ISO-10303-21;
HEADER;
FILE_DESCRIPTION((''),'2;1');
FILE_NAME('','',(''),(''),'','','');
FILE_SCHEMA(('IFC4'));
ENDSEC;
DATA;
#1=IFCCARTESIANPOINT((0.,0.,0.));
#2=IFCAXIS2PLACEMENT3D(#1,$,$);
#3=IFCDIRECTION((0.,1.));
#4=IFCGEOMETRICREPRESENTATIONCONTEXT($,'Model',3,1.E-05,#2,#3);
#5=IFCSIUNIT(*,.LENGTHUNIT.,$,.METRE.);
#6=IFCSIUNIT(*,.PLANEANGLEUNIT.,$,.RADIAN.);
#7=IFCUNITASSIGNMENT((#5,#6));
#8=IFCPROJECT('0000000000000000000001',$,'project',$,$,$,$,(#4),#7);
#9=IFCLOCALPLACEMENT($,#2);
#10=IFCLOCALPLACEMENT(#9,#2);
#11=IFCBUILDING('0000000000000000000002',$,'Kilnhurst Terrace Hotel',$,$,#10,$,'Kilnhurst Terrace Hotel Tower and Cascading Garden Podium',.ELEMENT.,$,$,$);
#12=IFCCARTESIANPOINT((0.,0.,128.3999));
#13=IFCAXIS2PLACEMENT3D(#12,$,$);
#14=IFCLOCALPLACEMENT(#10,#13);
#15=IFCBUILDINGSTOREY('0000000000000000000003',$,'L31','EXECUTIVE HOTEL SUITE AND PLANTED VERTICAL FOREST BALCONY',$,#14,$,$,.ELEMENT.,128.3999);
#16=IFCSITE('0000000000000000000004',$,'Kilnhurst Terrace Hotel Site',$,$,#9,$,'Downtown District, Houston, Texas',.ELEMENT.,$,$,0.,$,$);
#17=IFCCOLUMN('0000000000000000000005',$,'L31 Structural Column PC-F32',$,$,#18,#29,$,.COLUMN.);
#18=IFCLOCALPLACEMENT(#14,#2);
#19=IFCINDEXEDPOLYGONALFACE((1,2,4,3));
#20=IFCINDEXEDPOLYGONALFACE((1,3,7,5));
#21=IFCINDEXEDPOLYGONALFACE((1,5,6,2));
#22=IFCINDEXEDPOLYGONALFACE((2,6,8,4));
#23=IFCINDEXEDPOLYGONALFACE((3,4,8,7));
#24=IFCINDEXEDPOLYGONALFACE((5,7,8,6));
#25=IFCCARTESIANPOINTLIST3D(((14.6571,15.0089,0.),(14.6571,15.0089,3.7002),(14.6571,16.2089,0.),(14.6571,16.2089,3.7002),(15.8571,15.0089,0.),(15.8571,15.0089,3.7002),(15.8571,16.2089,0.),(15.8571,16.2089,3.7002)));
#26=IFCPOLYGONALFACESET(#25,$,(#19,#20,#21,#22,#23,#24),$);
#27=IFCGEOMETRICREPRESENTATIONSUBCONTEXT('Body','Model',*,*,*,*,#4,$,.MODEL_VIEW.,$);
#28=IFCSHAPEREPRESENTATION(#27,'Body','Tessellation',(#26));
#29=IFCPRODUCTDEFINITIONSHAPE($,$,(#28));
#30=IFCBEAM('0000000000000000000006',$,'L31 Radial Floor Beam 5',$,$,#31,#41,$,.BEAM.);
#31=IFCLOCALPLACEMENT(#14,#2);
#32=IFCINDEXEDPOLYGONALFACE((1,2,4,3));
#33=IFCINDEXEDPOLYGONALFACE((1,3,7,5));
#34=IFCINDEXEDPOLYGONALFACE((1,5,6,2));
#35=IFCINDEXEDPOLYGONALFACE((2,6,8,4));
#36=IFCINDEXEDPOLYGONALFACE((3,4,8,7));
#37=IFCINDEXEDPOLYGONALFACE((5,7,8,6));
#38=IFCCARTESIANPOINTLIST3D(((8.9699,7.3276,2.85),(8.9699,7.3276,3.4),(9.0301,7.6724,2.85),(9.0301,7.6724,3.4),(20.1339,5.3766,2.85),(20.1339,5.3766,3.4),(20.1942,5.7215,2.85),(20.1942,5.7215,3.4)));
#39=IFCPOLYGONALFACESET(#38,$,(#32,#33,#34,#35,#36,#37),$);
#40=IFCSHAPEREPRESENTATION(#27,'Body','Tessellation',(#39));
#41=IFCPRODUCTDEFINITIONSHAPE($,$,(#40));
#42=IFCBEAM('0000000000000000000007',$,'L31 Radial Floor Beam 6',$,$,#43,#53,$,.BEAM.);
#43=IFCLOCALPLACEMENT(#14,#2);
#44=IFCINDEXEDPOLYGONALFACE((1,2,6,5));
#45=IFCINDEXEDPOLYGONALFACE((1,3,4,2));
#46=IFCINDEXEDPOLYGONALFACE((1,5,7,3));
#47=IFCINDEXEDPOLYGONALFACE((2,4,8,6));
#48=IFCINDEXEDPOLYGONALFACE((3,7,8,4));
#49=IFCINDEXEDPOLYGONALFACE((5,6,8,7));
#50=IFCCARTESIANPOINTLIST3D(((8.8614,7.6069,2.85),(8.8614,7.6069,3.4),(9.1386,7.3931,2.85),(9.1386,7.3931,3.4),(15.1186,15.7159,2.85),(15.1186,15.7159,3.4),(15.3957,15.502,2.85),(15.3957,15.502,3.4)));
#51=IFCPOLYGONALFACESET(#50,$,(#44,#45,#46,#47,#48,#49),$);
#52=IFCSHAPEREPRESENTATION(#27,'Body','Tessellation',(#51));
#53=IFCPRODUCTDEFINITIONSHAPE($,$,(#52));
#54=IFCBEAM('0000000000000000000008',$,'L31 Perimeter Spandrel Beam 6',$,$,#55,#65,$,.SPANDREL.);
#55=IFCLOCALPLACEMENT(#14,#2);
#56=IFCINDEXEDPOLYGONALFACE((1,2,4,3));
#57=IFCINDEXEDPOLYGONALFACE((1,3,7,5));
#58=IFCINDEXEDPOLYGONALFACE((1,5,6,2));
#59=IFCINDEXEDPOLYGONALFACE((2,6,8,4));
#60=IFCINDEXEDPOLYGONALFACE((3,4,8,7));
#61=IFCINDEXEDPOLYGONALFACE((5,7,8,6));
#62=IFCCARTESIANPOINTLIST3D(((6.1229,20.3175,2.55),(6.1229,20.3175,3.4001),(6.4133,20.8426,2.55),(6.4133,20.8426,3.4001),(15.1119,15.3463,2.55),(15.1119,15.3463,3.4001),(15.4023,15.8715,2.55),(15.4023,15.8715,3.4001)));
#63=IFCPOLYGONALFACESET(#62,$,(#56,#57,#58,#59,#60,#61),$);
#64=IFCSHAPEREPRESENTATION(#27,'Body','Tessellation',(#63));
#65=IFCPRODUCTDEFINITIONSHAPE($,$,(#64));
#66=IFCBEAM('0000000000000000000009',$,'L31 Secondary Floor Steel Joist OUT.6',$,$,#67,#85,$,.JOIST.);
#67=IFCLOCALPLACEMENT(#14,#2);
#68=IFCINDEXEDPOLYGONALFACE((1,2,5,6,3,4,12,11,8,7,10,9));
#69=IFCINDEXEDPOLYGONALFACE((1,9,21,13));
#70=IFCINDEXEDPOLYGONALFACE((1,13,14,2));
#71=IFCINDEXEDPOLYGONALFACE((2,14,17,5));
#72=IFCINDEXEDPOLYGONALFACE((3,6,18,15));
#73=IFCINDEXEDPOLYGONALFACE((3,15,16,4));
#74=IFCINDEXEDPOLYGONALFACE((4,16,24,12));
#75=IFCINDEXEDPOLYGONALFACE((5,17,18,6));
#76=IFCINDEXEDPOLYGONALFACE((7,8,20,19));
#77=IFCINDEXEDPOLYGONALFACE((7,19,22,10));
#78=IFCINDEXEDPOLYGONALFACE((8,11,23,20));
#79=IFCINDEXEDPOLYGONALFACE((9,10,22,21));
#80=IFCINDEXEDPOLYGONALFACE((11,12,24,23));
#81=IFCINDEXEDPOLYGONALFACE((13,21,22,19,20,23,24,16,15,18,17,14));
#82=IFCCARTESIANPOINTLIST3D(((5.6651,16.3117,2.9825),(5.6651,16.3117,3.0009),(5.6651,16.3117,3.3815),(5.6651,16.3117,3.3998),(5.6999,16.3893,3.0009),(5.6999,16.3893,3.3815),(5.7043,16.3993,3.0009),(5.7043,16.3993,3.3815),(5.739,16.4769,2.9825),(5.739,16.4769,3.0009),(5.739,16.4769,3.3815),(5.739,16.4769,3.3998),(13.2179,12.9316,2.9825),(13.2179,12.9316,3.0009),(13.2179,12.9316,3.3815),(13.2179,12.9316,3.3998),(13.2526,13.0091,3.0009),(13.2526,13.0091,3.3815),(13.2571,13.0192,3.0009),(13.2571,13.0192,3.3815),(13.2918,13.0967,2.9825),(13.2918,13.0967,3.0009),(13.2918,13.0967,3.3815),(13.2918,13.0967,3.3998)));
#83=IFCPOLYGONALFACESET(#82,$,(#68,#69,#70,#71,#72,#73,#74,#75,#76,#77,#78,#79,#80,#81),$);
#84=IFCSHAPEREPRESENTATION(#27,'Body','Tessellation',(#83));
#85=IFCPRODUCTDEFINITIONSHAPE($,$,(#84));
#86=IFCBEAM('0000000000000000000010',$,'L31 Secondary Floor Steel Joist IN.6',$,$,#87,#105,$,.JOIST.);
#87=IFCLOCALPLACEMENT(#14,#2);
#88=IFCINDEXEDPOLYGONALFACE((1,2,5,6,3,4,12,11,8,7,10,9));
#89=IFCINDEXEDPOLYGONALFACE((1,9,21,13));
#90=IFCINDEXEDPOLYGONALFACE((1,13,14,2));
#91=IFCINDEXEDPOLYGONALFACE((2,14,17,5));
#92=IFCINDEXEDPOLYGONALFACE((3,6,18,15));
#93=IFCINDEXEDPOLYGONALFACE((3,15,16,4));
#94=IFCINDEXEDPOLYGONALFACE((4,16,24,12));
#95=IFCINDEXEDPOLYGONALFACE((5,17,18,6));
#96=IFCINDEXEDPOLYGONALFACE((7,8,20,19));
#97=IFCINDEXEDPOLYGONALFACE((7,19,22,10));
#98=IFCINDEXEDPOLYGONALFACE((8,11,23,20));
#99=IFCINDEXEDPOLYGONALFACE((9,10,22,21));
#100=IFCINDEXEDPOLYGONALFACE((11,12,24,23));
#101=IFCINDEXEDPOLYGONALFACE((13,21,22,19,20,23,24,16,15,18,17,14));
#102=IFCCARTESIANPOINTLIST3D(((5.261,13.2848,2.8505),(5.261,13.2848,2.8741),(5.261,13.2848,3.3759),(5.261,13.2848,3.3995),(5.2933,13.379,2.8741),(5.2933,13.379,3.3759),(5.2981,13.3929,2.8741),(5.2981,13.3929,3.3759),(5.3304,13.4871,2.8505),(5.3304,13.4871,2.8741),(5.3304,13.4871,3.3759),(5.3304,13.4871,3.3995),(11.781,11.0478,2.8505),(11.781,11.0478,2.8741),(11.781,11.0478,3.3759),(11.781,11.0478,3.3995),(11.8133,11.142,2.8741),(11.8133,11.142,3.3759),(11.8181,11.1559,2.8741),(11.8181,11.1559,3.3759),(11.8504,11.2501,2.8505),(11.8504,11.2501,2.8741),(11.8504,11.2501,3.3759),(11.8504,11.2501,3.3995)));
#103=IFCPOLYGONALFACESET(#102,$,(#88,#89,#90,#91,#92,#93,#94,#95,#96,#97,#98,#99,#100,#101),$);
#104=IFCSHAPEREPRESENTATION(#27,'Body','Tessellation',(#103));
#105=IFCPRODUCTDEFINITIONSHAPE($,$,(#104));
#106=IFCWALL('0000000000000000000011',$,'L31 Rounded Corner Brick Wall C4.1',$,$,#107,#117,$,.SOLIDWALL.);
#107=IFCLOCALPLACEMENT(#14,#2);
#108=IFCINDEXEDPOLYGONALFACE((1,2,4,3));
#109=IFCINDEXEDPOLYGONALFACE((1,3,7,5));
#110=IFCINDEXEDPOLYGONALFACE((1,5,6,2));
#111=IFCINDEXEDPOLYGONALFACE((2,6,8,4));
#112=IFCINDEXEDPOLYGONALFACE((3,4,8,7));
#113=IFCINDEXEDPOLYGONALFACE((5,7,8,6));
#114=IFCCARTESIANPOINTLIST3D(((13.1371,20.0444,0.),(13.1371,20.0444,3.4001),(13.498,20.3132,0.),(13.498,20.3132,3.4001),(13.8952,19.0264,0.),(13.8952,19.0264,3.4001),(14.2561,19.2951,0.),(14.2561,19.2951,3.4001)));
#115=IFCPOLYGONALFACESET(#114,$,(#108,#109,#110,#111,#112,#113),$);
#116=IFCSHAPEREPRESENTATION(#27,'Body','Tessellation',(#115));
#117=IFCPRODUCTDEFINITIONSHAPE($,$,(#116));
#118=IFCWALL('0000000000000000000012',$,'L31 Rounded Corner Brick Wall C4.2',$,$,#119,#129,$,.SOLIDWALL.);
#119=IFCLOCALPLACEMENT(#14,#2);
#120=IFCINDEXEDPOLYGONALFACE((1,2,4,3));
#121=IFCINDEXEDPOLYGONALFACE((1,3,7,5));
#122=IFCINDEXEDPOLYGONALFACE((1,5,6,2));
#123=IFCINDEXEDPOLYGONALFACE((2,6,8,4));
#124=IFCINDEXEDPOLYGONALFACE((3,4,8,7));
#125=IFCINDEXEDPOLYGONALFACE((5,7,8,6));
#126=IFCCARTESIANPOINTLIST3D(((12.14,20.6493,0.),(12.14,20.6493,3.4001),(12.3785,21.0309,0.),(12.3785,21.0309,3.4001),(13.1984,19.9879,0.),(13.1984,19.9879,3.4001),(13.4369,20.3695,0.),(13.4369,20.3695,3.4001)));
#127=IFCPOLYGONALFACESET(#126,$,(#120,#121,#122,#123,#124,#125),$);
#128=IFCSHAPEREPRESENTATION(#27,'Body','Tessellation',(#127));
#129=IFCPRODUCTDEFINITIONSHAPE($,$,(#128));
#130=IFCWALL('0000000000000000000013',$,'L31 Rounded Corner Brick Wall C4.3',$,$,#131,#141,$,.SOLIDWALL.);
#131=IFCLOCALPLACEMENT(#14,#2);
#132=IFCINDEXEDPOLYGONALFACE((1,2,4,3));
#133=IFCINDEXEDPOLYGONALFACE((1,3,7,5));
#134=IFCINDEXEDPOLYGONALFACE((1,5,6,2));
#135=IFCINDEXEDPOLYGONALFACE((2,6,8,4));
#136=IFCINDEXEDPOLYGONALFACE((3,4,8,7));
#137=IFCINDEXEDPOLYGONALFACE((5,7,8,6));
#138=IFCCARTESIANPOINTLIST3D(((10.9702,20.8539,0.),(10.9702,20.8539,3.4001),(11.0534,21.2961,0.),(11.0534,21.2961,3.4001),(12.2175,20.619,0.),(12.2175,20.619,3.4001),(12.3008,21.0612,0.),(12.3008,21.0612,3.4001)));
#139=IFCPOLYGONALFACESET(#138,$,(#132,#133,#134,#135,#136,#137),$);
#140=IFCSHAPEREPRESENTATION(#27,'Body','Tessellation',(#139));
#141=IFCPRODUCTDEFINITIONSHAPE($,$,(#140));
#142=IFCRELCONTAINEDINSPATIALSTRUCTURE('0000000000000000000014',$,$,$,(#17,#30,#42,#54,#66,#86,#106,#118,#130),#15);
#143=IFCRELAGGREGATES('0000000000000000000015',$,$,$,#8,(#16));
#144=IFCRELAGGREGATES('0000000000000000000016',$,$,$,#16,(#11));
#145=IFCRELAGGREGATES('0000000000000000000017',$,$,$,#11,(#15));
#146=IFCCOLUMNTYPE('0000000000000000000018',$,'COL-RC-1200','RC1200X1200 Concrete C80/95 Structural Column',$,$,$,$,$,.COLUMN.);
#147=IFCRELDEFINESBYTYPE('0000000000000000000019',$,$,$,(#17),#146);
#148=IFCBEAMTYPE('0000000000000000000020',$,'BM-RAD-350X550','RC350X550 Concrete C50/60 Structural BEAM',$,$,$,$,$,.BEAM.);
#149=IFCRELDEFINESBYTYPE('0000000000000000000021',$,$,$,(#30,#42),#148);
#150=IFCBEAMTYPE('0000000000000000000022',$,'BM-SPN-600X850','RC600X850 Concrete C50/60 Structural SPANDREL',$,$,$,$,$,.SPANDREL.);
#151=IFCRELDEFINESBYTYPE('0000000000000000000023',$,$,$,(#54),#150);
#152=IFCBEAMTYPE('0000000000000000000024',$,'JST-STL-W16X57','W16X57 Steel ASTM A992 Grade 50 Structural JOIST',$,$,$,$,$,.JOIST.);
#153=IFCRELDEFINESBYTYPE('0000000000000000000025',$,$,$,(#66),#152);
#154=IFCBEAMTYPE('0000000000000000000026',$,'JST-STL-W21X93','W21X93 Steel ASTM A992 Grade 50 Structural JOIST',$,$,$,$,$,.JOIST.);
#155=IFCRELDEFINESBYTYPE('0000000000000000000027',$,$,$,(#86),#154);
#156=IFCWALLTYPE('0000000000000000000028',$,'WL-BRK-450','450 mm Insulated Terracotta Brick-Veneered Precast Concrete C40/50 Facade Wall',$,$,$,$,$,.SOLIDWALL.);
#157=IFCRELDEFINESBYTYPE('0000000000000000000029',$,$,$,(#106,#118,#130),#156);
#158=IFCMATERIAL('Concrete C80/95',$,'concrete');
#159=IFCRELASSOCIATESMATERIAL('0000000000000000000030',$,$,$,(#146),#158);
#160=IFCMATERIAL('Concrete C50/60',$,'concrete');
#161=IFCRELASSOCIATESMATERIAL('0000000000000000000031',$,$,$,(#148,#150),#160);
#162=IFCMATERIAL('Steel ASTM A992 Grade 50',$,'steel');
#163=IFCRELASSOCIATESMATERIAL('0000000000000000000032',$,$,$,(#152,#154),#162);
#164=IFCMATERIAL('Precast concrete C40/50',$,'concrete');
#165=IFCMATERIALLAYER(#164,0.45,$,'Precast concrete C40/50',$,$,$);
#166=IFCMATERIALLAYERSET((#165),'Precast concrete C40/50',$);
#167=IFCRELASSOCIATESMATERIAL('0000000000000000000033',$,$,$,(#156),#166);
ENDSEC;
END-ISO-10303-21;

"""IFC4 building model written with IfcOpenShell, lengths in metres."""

from ifc_helpers import new_model, si_unit, direction, frame, frame_2d, origin, origin_2d, place, context, subcontext, project, spatial, rectangle, i_section, extrude, material, layer, layer_set, material_profile, profile_set, type_object, element, save


model = new_model("IFC4")

# Units and contexts
model_context = context("Model", 3, precision=1e-05, world=origin(), true_north=direction((0.0, 1.0)))
body_context = subcontext(model_context, "Body", "Model", "MODEL_VIEW")
ifc_project = project(units=[si_unit("LENGTHUNIT", "METRE"), si_unit("PLANEANGLEUNIT", "RADIAN")], contexts=[model_context])

# Site, building, storey
site_placement = place(None, origin())
site = spatial("IfcSite", under=ifc_project, at=site_placement, Name="Kilnhurst Terrace Hotel Site", LongName="Downtown District, Houston, Texas", CompositionType="ELEMENT", RefElevation=0.0)
building_placement = place(site_placement, origin())
building = spatial("IfcBuilding", under=site, at=building_placement, Name="Kilnhurst Terrace Hotel", LongName="Kilnhurst Terrace Hotel Tower and Cascading Garden Podium", CompositionType="ELEMENT")
storey_placement = place(building_placement, frame((0.0, 0.0, 128.3999)))
storey = spatial("IfcBuildingStorey", under=building, at=storey_placement, Name="L31", Description="EXECUTIVE HOTEL SUITE AND PLANTED VERTICAL FOREST BALCONY", CompositionType="ELEMENT", Elevation=128.3999)

# Column
ifc_material_1 = material(Name="Concrete C80/95", Category="concrete")
ifc_material_profile_1 = material_profile(ifc_material_1, rectangle(XDim=1.2, YDim=1.2, at=origin_2d()), Name="RC1200X1200")
ifc_profile_set_1 = profile_set([ifc_material_profile_1], Name="Concrete C80/95")
column_type = type_object("IfcColumnType", Name="COL-RC-1200", Description="RC1200X1200 Concrete C80/95 Structural Column", PredefinedType="COLUMN", material=ifc_profile_set_1)
column_placement = place(storey_placement, frame((15.2571, 15.6089, 0.0), z_axis=(0.0, 0.0, 1.0), x_axis=(1.0, 0.0, 0.0)))
element("IfcColumn", 1, at=column_placement, inside=storey, type_object=column_type, Name="L31 Structural Column PC-F32", PredefinedType="COLUMN", context=body_context, shape_type="SweptSolid", body=[
    extrude(rectangle(XDim=1.2, YDim=1.2, at=origin_2d()), origin(), (0.0, 0.0, 1.0), 3.7002),
])

# Beams
ifc_material_2 = material(Name="Concrete C50/60", Category="concrete")
ifc_material_profile_2 = material_profile(ifc_material_2, rectangle(XDim=0.3501, YDim=0.55, at=origin_2d()), Name="RC350X550")
ifc_profile_set_2 = profile_set([ifc_material_profile_2], Name="Concrete C50/60")
beam_type_1 = type_object("IfcBeamType", Name="BM-RAD-350X550", Description="RC350X550 Concrete C50/60 Structural BEAM", PredefinedType="BEAM", material=ifc_profile_set_2)
beam_1_placement = place(storey_placement, frame((9.0, 7.5, 3.125), z_axis=(0.985072, -0.172142, 0.0), x_axis=(0.172142, 0.985072, 0.0)))
element("IfcBeam", 2, at=beam_1_placement, inside=storey, type_object=beam_type_1, Name="L31 Radial Floor Beam 5", PredefinedType="BEAM", context=body_context, shape_type="SweptSolid", body=[
    extrude(rectangle(XDim=0.3501, YDim=0.55, at=origin_2d()), origin(), (0.0, 0.0, 1.0), 11.3333),
])
beam_2_placement = place(storey_placement, frame((9.0, 7.5, 3.125), z_axis=(0.610905, 0.791704, 0.0), x_axis=(-0.791704, 0.610905, 0.0)))
element("IfcBeam", 3, at=beam_2_placement, inside=storey, type_object=beam_type_1, Name="L31 Radial Floor Beam 6", PredefinedType="BEAM", context=body_context, shape_type="SweptSolid", body=[
    extrude(rectangle(XDim=0.3501, YDim=0.55, at=origin_2d()), origin(), (0.0, 0.0, 1.0), 10.2424),
])
ifc_material_profile_3 = material_profile(ifc_material_2, rectangle(XDim=0.6001, YDim=0.8501, at=origin_2d()), Name="RC600X850")
ifc_profile_set_3 = profile_set([ifc_material_profile_3], Name="Concrete C50/60")
beam_type_2 = type_object("IfcBeamType", Name="BM-SPN-600X850", Description="RC600X850 Concrete C50/60 Structural SPANDREL", PredefinedType="SPANDREL", material=ifc_profile_set_3)
beam_3_placement = place(storey_placement, frame((15.2571, 15.6089, 2.9751), z_axis=(-0.875094, 0.483953, 0.0), x_axis=(-0.483953, -0.875094, 0.0)))
element("IfcBeam", 4, at=beam_3_placement, inside=storey, type_object=beam_type_2, Name="L31 Perimeter Spandrel Beam 6", PredefinedType="SPANDREL", context=body_context, shape_type="SweptSolid", body=[
    extrude(rectangle(XDim=0.6001, YDim=0.8501, at=origin_2d()), origin(), (0.0, 0.0, 1.0), 10.272),
])
ifc_material_3 = material(Name="Steel ASTM A992 Grade 50", Category="steel")
ifc_material_profile_4 = material_profile(ifc_material_3, i_section(OverallWidth=0.1809, OverallDepth=0.4172, WebThickness=0.011, FlangeThickness=0.0183, at=origin_2d()), Name="W16X57")
ifc_profile_set_4 = profile_set([ifc_material_profile_4], Name="Steel ASTM A992 Grade 50")
beam_type_3 = type_object("IfcBeamType", Name="JST-STL-W16X57", Description="W16X57 Steel ASTM A992 Grade 50 Structural JOIST", PredefinedType="JOIST", material=ifc_profile_set_4)
beam_4_placement = place(storey_placement, frame((13.2549, 13.0142, 3.1912), z_axis=(-0.912761, 0.408494, 0.0), x_axis=(-0.408494, -0.912761, 0.0)))
element("IfcBeam", 5, at=beam_4_placement, inside=storey, type_object=beam_type_3, Name="L31 Secondary Floor Steel Joist OUT.6", PredefinedType="JOIST", context=body_context, shape_type="SweptSolid", body=[
    extrude(i_section(OverallWidth=0.1809, OverallDepth=0.4172, WebThickness=0.011, FlangeThickness=0.0183, at=origin_2d()), origin(), (0.0, 0.0, 1.0), 8.2747),
])
ifc_material_profile_5 = material_profile(ifc_material_3, i_section(OverallWidth=0.2139, OverallDepth=0.5491, WebThickness=0.0146, FlangeThickness=0.0237, at=origin_2d()), Name="W21X93")
ifc_profile_set_5 = profile_set([ifc_material_profile_5], Name="Steel ASTM A992 Grade 50")
beam_type_4 = type_object("IfcBeamType", Name="JST-STL-W21X93", Description="W21X93 Steel ASTM A992 Grade 50 Structural JOIST", PredefinedType="JOIST", material=ifc_profile_set_5)
beam_5_placement = place(storey_placement, frame((11.8157, 11.1489, 3.125), z_axis=(-0.945874, 0.324535, 0.0), x_axis=(-0.324535, -0.945874, 0.0)))
element("IfcBeam", 6, at=beam_5_placement, inside=storey, type_object=beam_type_4, Name="L31 Secondary Floor Steel Joist IN.6", PredefinedType="JOIST", context=body_context, shape_type="SweptSolid", body=[
    extrude(i_section(OverallWidth=0.2139, OverallDepth=0.5491, WebThickness=0.0146, FlangeThickness=0.0237, at=origin_2d()), origin(), (0.0, 0.0, 1.0), 6.8931),
])

# Walls
ifc_material_4 = material(Name="Precast concrete C40/50", Category="concrete")
ifc_layer_1 = layer(ifc_material_4, 0.45, Name="Precast concrete C40/50")
ifc_layer_set_1 = layer_set([ifc_layer_1], Name="Precast concrete C40/50")
wall_type_1 = type_object("IfcWallType", Name="WL-BRK-450", Description="450 mm Insulated Terracotta Brick-Veneered Precast Concrete C40/50 Facade Wall", PredefinedType="SOLIDWALL", material=ifc_layer_set_1)
wall_1_placement = place(storey_placement, frame((14.0757, 19.1606, 0.0), z_axis=(0.0, 0.0, 1.0), x_axis=(-0.597227, 0.802073, 0.0)))
element("IfcWall", 7, at=wall_1_placement, inside=storey, type_object=wall_type_1, Name="L31 Rounded Corner Brick Wall C4.1", PredefinedType="SOLIDWALL", context=body_context, shape_type="SweptSolid", body=[
    extrude(rectangle(XDim=1.2693, YDim=0.45, at=frame_2d((0.6348, 0.0))), origin(), (0.0, 0.0, 1.0), 3.4001),
])
wall_2_placement = place(storey_placement, frame((13.3176, 20.1787, 0.0), z_axis=(0.0, 0.0, 1.0), x_axis=(-0.848031, 0.529946, 0.0)))
element("IfcWall", 8, at=wall_2_placement, inside=storey, type_object=wall_type_1, Name="L31 Rounded Corner Brick Wall C4.2", PredefinedType="SOLIDWALL", context=body_context, shape_type="SweptSolid", body=[
    extrude(rectangle(XDim=1.248, YDim=0.45, at=frame_2d((0.624, 0.0))), origin(), (0.0, 0.0, 1.0), 3.4001),
])
wall_3_placement = place(storey_placement, frame((12.2593, 20.8401, 0.0), z_axis=(0.0, 0.0, 1.0), x_axis=(-0.98273, 0.185043, 0.0)))
element("IfcWall", 9, at=wall_3_placement, inside=storey, type_object=wall_type_1, Name="L31 Rounded Corner Brick Wall C4.3", PredefinedType="SOLIDWALL", context=body_context, shape_type="SweptSolid", body=[
    extrude(rectangle(XDim=1.2693, YDim=0.45, at=frame_2d((0.6348, 0.0))), origin(), (0.0, 0.0, 1.0), 3.4001),
])

save(model, "model.ifc")
